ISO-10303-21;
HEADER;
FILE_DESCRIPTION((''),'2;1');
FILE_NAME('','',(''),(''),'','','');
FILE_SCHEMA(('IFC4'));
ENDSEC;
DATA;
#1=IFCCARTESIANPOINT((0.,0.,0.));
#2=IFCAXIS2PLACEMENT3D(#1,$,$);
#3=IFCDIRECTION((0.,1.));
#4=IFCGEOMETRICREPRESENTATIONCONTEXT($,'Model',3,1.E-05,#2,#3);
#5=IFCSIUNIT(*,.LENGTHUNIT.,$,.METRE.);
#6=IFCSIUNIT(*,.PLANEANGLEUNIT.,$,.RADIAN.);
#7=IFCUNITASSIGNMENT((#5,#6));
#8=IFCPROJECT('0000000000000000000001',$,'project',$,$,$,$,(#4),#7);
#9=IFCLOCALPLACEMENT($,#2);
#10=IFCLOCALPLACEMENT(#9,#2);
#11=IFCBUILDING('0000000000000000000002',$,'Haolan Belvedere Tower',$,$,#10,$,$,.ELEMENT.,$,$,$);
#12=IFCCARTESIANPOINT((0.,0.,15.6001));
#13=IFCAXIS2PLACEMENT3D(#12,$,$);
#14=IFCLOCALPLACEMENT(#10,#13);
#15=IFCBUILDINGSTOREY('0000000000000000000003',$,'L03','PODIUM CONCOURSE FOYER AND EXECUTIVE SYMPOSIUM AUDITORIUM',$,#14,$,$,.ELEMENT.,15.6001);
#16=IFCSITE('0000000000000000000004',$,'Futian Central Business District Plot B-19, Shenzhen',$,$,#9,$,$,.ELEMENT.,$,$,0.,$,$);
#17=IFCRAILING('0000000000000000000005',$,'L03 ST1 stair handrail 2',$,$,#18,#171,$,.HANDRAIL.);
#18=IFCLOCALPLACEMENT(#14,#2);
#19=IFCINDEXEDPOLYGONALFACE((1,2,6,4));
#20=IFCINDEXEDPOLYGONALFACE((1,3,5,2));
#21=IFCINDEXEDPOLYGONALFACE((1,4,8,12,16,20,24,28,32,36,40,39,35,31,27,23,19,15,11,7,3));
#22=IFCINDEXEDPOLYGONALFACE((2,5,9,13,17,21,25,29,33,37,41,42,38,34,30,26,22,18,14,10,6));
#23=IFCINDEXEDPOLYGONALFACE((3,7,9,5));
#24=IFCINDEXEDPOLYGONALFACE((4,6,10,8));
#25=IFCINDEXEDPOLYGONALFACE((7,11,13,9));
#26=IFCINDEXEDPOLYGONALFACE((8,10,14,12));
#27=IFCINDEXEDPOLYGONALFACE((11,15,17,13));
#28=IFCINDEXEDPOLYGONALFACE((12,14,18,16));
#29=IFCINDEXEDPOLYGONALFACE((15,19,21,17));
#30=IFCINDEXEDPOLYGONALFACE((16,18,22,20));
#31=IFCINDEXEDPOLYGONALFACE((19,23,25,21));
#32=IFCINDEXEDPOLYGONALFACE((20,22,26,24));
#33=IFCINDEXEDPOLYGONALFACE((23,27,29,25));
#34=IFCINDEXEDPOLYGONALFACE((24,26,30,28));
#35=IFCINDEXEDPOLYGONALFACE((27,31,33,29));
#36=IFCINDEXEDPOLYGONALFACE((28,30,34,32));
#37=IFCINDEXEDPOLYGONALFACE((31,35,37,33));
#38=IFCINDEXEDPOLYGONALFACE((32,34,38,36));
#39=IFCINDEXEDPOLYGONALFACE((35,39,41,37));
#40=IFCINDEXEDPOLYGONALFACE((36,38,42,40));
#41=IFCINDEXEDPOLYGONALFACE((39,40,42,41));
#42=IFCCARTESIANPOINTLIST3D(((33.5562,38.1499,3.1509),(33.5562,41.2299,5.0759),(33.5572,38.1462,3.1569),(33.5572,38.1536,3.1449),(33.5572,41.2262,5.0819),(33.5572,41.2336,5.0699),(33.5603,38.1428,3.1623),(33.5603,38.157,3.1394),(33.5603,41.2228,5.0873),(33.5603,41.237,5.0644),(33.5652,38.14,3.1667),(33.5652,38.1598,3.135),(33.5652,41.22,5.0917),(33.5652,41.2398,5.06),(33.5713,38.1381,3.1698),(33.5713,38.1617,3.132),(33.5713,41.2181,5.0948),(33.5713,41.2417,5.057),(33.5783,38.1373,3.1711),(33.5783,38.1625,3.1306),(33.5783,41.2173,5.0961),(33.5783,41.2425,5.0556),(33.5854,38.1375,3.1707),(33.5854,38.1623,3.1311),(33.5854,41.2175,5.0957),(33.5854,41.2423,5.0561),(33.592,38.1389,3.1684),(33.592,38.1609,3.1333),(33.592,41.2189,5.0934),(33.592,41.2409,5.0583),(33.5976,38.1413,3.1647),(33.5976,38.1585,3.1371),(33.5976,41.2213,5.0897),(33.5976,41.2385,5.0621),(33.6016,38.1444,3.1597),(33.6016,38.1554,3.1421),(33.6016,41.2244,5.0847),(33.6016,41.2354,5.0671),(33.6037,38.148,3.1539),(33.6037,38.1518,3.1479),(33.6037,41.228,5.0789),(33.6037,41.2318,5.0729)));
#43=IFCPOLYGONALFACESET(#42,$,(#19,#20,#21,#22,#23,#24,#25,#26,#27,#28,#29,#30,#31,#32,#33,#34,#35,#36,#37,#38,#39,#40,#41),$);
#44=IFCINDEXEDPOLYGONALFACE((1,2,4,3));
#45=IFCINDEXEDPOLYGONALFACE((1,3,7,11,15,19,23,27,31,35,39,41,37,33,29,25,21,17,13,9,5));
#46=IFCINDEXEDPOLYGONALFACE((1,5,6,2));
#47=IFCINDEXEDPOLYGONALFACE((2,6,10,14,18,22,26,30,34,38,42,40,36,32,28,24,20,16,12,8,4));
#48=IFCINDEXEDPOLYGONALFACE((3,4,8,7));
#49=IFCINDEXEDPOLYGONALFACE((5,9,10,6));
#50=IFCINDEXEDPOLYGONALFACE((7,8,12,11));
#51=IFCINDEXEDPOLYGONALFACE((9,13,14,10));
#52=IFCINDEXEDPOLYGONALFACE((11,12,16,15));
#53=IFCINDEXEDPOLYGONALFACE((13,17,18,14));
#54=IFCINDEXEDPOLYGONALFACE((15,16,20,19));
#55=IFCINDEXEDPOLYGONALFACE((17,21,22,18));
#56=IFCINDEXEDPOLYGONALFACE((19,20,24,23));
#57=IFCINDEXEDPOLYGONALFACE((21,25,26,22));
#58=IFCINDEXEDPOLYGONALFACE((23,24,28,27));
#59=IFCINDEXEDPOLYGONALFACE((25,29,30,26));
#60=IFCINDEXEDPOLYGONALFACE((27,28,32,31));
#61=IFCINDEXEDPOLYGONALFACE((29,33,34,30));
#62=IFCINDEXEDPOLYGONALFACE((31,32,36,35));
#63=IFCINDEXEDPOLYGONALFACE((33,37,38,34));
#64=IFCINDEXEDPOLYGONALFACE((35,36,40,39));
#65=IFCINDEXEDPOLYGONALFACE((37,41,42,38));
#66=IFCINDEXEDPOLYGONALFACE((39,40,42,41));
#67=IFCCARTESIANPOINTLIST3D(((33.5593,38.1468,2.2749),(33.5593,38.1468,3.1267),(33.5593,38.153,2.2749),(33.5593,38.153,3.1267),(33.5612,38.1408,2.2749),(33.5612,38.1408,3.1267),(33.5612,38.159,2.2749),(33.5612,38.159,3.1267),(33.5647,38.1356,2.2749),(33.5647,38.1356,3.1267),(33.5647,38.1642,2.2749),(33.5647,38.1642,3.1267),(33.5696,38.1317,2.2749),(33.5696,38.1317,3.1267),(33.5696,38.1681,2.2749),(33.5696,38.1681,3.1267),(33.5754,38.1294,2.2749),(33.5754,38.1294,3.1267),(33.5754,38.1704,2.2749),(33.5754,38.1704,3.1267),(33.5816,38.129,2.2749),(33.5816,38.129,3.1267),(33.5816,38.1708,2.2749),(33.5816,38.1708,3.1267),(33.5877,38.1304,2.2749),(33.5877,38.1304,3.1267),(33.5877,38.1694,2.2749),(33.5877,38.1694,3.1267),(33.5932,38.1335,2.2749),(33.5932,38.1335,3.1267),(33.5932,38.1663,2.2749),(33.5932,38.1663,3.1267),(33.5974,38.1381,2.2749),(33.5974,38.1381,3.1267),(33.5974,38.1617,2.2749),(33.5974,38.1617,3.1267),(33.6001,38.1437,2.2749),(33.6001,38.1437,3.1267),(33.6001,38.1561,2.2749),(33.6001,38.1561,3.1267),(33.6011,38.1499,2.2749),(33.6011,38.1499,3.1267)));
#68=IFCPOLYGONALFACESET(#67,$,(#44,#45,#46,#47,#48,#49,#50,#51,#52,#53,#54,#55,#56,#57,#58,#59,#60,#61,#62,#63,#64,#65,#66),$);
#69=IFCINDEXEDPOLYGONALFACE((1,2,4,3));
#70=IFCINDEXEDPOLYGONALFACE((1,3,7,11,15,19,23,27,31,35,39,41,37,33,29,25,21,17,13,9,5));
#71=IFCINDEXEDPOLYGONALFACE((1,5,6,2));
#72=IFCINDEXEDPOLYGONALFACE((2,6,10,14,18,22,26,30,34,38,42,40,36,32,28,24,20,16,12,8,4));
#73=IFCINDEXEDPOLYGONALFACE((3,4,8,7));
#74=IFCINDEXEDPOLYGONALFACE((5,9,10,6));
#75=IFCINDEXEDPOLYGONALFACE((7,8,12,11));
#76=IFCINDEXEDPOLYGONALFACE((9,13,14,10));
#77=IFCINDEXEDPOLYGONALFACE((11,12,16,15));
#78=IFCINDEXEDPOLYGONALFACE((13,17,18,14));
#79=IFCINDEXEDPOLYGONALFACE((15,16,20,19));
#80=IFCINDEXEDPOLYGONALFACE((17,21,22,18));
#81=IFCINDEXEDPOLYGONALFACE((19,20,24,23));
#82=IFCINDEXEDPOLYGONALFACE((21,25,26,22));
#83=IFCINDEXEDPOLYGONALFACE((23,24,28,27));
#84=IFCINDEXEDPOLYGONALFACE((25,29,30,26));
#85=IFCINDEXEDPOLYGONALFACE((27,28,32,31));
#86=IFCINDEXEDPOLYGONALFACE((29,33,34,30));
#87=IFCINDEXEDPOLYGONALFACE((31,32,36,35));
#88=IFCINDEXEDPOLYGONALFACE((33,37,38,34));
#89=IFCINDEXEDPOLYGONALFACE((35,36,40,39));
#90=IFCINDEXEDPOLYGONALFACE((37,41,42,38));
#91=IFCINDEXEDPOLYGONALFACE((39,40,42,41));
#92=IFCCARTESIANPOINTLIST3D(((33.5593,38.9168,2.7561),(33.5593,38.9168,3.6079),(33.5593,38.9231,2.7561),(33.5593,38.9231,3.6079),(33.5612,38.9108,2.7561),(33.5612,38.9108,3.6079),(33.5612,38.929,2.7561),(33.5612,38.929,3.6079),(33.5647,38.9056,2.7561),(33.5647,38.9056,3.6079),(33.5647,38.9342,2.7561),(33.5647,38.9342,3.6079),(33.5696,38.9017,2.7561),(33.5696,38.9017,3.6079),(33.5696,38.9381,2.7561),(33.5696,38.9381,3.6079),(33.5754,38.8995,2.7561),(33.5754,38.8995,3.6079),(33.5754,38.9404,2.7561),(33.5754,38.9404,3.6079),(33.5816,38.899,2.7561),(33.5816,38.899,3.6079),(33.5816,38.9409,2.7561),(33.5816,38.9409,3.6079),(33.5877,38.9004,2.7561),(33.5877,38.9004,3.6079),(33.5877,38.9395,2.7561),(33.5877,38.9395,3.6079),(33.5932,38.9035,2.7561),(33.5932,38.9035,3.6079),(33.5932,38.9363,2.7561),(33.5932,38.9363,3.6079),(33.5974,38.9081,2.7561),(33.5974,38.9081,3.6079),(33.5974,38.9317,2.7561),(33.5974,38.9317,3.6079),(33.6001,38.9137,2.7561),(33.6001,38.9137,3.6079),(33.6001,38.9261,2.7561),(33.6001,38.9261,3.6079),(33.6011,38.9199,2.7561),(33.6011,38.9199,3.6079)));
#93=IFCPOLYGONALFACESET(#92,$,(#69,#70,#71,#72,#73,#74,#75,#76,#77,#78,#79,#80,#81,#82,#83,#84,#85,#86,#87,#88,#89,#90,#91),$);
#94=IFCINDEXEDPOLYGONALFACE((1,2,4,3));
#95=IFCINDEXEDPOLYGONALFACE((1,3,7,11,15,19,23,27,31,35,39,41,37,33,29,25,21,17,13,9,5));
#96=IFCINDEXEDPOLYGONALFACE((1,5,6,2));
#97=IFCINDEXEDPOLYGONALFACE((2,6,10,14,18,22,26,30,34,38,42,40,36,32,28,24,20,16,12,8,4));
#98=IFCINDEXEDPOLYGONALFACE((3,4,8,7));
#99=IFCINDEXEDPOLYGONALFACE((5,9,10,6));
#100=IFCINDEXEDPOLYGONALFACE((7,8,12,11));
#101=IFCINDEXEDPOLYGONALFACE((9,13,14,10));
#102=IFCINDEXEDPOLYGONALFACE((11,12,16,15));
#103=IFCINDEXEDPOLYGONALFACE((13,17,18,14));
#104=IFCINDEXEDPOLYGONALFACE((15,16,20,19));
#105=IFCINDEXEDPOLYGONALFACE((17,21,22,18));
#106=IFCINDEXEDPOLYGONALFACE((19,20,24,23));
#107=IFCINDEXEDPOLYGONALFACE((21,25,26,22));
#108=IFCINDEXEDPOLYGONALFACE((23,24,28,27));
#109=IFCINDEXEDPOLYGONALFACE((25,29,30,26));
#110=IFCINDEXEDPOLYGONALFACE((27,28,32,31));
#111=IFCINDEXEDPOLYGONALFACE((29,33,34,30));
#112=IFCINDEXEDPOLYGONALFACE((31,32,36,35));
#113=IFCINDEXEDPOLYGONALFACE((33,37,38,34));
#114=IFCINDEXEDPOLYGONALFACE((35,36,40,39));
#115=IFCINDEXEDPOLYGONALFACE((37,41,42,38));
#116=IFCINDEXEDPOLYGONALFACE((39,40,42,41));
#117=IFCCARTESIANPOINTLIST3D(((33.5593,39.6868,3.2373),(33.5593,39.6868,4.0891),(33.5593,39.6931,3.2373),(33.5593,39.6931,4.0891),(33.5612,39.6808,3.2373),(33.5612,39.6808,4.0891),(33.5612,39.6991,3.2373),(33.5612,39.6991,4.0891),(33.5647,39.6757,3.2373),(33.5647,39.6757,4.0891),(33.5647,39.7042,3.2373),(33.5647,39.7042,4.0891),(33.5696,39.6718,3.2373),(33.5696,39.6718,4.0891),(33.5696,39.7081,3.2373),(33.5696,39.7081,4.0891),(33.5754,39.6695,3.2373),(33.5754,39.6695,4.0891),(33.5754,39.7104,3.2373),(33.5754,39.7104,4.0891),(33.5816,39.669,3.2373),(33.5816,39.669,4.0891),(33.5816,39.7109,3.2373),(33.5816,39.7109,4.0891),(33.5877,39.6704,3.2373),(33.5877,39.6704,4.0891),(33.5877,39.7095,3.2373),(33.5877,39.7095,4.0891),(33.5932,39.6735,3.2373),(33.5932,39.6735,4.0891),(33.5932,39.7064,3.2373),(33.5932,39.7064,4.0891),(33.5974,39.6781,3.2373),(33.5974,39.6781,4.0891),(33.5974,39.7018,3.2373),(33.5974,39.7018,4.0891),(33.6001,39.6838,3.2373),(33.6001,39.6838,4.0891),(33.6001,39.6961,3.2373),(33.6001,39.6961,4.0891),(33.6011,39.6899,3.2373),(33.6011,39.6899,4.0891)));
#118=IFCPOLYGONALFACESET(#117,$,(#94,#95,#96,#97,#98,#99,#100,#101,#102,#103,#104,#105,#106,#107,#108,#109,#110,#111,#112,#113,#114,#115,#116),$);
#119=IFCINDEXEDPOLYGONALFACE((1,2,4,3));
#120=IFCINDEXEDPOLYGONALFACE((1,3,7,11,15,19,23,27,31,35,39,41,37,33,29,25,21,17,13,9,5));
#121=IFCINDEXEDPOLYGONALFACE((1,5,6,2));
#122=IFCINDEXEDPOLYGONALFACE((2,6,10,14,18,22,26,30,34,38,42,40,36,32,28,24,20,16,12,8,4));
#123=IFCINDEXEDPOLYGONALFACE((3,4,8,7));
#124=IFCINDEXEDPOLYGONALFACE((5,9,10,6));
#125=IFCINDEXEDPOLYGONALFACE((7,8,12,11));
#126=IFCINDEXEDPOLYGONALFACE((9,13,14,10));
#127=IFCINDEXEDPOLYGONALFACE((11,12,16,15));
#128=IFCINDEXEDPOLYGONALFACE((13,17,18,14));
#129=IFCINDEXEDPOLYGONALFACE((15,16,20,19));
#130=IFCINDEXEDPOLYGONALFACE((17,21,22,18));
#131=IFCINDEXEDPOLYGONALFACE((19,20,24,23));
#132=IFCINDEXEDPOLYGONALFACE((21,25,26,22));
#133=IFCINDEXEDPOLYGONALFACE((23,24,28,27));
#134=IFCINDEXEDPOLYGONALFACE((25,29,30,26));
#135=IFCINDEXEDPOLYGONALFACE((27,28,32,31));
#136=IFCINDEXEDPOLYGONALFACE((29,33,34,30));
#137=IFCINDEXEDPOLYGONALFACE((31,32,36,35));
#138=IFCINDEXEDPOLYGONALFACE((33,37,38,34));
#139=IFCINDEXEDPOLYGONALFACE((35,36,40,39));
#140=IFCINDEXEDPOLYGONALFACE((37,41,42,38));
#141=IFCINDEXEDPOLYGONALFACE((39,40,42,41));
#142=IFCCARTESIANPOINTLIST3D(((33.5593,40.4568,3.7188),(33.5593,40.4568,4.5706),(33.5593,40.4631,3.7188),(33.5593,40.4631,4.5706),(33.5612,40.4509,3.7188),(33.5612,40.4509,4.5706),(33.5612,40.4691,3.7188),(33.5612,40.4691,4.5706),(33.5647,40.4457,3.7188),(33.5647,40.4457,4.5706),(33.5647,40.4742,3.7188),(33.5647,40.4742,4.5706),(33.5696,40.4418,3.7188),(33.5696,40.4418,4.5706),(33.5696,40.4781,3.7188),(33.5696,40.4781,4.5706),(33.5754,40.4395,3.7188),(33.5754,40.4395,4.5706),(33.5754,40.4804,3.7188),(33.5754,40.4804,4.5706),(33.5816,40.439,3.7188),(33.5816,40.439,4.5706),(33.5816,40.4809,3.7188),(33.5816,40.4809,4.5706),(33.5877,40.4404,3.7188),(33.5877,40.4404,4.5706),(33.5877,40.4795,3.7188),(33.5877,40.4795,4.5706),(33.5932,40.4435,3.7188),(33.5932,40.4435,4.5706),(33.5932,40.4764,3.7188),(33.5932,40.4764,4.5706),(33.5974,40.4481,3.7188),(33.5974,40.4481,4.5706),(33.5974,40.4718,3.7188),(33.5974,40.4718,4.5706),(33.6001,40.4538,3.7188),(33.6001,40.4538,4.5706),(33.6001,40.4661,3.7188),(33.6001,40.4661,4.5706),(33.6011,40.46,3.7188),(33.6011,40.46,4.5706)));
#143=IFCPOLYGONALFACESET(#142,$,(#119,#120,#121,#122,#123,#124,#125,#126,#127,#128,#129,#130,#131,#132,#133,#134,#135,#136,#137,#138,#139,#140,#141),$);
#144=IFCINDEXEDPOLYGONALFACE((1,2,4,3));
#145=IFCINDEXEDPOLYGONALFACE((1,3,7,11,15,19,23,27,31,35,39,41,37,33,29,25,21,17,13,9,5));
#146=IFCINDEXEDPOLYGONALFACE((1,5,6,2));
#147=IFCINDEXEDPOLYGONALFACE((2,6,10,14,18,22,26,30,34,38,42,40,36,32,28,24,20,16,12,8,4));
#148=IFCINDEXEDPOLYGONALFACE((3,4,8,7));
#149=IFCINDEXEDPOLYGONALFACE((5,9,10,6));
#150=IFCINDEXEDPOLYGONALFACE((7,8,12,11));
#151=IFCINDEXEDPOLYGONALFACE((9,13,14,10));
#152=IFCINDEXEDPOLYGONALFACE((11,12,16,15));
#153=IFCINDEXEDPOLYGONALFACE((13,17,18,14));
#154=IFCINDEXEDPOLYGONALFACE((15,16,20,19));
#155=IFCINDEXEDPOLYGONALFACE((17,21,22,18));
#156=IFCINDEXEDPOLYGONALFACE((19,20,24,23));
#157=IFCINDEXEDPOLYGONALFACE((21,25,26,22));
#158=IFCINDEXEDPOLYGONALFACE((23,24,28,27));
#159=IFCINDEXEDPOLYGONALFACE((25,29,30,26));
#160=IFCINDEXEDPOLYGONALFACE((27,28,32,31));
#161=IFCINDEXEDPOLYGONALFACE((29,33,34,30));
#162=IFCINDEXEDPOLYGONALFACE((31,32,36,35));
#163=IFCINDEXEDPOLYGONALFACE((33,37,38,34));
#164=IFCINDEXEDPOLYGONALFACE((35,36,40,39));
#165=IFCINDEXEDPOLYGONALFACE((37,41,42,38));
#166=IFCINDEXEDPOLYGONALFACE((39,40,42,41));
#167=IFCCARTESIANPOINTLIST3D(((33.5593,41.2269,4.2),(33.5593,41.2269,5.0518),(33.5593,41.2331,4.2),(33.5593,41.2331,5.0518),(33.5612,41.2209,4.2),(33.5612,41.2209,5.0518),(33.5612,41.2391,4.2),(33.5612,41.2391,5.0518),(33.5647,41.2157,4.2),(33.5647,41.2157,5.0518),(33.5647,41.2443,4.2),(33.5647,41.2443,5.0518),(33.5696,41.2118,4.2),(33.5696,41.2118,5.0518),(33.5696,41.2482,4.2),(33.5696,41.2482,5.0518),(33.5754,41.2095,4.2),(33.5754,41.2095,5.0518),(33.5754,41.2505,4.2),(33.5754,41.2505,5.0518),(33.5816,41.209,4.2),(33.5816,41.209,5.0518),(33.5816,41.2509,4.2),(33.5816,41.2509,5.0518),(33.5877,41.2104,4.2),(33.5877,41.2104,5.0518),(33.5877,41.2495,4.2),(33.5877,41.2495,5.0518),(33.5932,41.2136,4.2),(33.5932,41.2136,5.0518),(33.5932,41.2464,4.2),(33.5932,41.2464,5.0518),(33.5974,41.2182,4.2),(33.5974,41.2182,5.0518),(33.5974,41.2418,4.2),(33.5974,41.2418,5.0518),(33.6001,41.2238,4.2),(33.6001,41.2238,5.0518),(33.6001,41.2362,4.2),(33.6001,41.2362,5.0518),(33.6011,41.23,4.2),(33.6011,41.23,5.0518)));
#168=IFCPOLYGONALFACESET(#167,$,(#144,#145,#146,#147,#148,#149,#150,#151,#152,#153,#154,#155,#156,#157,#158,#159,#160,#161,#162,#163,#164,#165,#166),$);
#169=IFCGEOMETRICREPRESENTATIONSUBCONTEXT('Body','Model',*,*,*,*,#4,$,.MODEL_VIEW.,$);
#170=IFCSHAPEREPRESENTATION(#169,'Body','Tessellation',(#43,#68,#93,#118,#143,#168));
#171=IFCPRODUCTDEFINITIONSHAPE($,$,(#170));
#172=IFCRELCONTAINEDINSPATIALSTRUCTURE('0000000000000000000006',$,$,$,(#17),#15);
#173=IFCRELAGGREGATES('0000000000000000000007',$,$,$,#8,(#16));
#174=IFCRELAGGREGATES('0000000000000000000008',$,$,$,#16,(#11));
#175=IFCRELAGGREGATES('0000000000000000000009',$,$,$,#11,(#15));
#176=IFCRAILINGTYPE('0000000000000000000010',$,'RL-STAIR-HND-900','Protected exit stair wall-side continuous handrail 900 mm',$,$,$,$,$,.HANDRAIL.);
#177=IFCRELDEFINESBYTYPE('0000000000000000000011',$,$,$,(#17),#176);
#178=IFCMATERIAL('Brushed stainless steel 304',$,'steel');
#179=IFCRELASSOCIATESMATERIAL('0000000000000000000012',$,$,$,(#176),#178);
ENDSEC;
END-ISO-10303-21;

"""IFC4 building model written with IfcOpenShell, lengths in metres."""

from ifc_helpers import new_model, si_unit, direction, frame, origin, origin_2d, place, context, subcontext, project, spatial, circle, extrude, material, type_object, element, save


model = new_model("IFC4")

# Units and contexts
model_context = context("Model", 3, precision=1e-05, world=origin(), true_north=direction((0.0, 1.0)))
body_context = subcontext(model_context, "Body", "Model", "MODEL_VIEW")
ifc_project = project(units=[si_unit("LENGTHUNIT", "METRE"), si_unit("PLANEANGLEUNIT", "RADIAN")], contexts=[model_context])

# Site, building, storey
site_placement = place(None, origin())
site = spatial("IfcSite", under=ifc_project, at=site_placement, Name="Futian Central Business District Plot B-19, Shenzhen", CompositionType="ELEMENT", RefElevation=0.0)
building_placement = place(site_placement, origin())
building = spatial("IfcBuilding", under=site, at=building_placement, Name="Haolan Belvedere Tower", CompositionType="ELEMENT")
storey_placement = place(building_placement, frame((0.0, 0.0, 15.6001)))
storey = spatial("IfcBuildingStorey", under=building, at=storey_placement, Name="L03", Description="PODIUM CONCOURSE FOYER AND EXECUTIVE SYMPOSIUM AUDITORIUM", CompositionType="ELEMENT", Elevation=15.6001)

# Railing
ifc_material_1 = material(Name="Brushed stainless steel 304", Category="steel")
railing_type_1 = type_object("IfcRailingType", Name="RL-STAIR-HND-900", Description="Protected exit stair wall-side continuous handrail 900 mm", PredefinedType="HANDRAIL", material=ifc_material_1)
railing_1_placement = place(storey_placement, frame((33.5801, 38.1499, 2.2749)))
element("IfcRailing", 1, at=railing_1_placement, inside=storey, type_object=railing_type_1, Name="L03 ST1 stair handrail 2", PredefinedType="HANDRAIL", context=body_context, shape_type="SweptSolid", body=[
    extrude(circle(Radius=0.0239, at=origin_2d()), frame((0.0, 0.0, 0.876), z_axis=(0.0, 0.847998, 0.529999), x_axis=(-1.0, 0.0, 0.0)), (0.0, 0.0, 1.0), 3.6321),
    extrude(circle(Radius=0.021, at=origin_2d()), origin(), (0.0, 0.0, 1.0), 0.8518),
    extrude(circle(Radius=0.021, at=origin_2d()), frame((0.0, 0.77, 0.4812)), (0.0, 0.0, 1.0), 0.8518),
    extrude(circle(Radius=0.021, at=origin_2d()), frame((0.0, 1.54, 0.9624)), (0.0, 0.0, 1.0), 0.8518),
    extrude(circle(Radius=0.021, at=origin_2d()), frame((0.0, 2.3101, 1.4438)), (0.0, 0.0, 1.0), 0.8518),
    extrude(circle(Radius=0.021, at=origin_2d()), frame((0.0, 3.0801, 1.925)), (0.0, 0.0, 1.0), 0.8518),
])

save(model, "model.ifc")
